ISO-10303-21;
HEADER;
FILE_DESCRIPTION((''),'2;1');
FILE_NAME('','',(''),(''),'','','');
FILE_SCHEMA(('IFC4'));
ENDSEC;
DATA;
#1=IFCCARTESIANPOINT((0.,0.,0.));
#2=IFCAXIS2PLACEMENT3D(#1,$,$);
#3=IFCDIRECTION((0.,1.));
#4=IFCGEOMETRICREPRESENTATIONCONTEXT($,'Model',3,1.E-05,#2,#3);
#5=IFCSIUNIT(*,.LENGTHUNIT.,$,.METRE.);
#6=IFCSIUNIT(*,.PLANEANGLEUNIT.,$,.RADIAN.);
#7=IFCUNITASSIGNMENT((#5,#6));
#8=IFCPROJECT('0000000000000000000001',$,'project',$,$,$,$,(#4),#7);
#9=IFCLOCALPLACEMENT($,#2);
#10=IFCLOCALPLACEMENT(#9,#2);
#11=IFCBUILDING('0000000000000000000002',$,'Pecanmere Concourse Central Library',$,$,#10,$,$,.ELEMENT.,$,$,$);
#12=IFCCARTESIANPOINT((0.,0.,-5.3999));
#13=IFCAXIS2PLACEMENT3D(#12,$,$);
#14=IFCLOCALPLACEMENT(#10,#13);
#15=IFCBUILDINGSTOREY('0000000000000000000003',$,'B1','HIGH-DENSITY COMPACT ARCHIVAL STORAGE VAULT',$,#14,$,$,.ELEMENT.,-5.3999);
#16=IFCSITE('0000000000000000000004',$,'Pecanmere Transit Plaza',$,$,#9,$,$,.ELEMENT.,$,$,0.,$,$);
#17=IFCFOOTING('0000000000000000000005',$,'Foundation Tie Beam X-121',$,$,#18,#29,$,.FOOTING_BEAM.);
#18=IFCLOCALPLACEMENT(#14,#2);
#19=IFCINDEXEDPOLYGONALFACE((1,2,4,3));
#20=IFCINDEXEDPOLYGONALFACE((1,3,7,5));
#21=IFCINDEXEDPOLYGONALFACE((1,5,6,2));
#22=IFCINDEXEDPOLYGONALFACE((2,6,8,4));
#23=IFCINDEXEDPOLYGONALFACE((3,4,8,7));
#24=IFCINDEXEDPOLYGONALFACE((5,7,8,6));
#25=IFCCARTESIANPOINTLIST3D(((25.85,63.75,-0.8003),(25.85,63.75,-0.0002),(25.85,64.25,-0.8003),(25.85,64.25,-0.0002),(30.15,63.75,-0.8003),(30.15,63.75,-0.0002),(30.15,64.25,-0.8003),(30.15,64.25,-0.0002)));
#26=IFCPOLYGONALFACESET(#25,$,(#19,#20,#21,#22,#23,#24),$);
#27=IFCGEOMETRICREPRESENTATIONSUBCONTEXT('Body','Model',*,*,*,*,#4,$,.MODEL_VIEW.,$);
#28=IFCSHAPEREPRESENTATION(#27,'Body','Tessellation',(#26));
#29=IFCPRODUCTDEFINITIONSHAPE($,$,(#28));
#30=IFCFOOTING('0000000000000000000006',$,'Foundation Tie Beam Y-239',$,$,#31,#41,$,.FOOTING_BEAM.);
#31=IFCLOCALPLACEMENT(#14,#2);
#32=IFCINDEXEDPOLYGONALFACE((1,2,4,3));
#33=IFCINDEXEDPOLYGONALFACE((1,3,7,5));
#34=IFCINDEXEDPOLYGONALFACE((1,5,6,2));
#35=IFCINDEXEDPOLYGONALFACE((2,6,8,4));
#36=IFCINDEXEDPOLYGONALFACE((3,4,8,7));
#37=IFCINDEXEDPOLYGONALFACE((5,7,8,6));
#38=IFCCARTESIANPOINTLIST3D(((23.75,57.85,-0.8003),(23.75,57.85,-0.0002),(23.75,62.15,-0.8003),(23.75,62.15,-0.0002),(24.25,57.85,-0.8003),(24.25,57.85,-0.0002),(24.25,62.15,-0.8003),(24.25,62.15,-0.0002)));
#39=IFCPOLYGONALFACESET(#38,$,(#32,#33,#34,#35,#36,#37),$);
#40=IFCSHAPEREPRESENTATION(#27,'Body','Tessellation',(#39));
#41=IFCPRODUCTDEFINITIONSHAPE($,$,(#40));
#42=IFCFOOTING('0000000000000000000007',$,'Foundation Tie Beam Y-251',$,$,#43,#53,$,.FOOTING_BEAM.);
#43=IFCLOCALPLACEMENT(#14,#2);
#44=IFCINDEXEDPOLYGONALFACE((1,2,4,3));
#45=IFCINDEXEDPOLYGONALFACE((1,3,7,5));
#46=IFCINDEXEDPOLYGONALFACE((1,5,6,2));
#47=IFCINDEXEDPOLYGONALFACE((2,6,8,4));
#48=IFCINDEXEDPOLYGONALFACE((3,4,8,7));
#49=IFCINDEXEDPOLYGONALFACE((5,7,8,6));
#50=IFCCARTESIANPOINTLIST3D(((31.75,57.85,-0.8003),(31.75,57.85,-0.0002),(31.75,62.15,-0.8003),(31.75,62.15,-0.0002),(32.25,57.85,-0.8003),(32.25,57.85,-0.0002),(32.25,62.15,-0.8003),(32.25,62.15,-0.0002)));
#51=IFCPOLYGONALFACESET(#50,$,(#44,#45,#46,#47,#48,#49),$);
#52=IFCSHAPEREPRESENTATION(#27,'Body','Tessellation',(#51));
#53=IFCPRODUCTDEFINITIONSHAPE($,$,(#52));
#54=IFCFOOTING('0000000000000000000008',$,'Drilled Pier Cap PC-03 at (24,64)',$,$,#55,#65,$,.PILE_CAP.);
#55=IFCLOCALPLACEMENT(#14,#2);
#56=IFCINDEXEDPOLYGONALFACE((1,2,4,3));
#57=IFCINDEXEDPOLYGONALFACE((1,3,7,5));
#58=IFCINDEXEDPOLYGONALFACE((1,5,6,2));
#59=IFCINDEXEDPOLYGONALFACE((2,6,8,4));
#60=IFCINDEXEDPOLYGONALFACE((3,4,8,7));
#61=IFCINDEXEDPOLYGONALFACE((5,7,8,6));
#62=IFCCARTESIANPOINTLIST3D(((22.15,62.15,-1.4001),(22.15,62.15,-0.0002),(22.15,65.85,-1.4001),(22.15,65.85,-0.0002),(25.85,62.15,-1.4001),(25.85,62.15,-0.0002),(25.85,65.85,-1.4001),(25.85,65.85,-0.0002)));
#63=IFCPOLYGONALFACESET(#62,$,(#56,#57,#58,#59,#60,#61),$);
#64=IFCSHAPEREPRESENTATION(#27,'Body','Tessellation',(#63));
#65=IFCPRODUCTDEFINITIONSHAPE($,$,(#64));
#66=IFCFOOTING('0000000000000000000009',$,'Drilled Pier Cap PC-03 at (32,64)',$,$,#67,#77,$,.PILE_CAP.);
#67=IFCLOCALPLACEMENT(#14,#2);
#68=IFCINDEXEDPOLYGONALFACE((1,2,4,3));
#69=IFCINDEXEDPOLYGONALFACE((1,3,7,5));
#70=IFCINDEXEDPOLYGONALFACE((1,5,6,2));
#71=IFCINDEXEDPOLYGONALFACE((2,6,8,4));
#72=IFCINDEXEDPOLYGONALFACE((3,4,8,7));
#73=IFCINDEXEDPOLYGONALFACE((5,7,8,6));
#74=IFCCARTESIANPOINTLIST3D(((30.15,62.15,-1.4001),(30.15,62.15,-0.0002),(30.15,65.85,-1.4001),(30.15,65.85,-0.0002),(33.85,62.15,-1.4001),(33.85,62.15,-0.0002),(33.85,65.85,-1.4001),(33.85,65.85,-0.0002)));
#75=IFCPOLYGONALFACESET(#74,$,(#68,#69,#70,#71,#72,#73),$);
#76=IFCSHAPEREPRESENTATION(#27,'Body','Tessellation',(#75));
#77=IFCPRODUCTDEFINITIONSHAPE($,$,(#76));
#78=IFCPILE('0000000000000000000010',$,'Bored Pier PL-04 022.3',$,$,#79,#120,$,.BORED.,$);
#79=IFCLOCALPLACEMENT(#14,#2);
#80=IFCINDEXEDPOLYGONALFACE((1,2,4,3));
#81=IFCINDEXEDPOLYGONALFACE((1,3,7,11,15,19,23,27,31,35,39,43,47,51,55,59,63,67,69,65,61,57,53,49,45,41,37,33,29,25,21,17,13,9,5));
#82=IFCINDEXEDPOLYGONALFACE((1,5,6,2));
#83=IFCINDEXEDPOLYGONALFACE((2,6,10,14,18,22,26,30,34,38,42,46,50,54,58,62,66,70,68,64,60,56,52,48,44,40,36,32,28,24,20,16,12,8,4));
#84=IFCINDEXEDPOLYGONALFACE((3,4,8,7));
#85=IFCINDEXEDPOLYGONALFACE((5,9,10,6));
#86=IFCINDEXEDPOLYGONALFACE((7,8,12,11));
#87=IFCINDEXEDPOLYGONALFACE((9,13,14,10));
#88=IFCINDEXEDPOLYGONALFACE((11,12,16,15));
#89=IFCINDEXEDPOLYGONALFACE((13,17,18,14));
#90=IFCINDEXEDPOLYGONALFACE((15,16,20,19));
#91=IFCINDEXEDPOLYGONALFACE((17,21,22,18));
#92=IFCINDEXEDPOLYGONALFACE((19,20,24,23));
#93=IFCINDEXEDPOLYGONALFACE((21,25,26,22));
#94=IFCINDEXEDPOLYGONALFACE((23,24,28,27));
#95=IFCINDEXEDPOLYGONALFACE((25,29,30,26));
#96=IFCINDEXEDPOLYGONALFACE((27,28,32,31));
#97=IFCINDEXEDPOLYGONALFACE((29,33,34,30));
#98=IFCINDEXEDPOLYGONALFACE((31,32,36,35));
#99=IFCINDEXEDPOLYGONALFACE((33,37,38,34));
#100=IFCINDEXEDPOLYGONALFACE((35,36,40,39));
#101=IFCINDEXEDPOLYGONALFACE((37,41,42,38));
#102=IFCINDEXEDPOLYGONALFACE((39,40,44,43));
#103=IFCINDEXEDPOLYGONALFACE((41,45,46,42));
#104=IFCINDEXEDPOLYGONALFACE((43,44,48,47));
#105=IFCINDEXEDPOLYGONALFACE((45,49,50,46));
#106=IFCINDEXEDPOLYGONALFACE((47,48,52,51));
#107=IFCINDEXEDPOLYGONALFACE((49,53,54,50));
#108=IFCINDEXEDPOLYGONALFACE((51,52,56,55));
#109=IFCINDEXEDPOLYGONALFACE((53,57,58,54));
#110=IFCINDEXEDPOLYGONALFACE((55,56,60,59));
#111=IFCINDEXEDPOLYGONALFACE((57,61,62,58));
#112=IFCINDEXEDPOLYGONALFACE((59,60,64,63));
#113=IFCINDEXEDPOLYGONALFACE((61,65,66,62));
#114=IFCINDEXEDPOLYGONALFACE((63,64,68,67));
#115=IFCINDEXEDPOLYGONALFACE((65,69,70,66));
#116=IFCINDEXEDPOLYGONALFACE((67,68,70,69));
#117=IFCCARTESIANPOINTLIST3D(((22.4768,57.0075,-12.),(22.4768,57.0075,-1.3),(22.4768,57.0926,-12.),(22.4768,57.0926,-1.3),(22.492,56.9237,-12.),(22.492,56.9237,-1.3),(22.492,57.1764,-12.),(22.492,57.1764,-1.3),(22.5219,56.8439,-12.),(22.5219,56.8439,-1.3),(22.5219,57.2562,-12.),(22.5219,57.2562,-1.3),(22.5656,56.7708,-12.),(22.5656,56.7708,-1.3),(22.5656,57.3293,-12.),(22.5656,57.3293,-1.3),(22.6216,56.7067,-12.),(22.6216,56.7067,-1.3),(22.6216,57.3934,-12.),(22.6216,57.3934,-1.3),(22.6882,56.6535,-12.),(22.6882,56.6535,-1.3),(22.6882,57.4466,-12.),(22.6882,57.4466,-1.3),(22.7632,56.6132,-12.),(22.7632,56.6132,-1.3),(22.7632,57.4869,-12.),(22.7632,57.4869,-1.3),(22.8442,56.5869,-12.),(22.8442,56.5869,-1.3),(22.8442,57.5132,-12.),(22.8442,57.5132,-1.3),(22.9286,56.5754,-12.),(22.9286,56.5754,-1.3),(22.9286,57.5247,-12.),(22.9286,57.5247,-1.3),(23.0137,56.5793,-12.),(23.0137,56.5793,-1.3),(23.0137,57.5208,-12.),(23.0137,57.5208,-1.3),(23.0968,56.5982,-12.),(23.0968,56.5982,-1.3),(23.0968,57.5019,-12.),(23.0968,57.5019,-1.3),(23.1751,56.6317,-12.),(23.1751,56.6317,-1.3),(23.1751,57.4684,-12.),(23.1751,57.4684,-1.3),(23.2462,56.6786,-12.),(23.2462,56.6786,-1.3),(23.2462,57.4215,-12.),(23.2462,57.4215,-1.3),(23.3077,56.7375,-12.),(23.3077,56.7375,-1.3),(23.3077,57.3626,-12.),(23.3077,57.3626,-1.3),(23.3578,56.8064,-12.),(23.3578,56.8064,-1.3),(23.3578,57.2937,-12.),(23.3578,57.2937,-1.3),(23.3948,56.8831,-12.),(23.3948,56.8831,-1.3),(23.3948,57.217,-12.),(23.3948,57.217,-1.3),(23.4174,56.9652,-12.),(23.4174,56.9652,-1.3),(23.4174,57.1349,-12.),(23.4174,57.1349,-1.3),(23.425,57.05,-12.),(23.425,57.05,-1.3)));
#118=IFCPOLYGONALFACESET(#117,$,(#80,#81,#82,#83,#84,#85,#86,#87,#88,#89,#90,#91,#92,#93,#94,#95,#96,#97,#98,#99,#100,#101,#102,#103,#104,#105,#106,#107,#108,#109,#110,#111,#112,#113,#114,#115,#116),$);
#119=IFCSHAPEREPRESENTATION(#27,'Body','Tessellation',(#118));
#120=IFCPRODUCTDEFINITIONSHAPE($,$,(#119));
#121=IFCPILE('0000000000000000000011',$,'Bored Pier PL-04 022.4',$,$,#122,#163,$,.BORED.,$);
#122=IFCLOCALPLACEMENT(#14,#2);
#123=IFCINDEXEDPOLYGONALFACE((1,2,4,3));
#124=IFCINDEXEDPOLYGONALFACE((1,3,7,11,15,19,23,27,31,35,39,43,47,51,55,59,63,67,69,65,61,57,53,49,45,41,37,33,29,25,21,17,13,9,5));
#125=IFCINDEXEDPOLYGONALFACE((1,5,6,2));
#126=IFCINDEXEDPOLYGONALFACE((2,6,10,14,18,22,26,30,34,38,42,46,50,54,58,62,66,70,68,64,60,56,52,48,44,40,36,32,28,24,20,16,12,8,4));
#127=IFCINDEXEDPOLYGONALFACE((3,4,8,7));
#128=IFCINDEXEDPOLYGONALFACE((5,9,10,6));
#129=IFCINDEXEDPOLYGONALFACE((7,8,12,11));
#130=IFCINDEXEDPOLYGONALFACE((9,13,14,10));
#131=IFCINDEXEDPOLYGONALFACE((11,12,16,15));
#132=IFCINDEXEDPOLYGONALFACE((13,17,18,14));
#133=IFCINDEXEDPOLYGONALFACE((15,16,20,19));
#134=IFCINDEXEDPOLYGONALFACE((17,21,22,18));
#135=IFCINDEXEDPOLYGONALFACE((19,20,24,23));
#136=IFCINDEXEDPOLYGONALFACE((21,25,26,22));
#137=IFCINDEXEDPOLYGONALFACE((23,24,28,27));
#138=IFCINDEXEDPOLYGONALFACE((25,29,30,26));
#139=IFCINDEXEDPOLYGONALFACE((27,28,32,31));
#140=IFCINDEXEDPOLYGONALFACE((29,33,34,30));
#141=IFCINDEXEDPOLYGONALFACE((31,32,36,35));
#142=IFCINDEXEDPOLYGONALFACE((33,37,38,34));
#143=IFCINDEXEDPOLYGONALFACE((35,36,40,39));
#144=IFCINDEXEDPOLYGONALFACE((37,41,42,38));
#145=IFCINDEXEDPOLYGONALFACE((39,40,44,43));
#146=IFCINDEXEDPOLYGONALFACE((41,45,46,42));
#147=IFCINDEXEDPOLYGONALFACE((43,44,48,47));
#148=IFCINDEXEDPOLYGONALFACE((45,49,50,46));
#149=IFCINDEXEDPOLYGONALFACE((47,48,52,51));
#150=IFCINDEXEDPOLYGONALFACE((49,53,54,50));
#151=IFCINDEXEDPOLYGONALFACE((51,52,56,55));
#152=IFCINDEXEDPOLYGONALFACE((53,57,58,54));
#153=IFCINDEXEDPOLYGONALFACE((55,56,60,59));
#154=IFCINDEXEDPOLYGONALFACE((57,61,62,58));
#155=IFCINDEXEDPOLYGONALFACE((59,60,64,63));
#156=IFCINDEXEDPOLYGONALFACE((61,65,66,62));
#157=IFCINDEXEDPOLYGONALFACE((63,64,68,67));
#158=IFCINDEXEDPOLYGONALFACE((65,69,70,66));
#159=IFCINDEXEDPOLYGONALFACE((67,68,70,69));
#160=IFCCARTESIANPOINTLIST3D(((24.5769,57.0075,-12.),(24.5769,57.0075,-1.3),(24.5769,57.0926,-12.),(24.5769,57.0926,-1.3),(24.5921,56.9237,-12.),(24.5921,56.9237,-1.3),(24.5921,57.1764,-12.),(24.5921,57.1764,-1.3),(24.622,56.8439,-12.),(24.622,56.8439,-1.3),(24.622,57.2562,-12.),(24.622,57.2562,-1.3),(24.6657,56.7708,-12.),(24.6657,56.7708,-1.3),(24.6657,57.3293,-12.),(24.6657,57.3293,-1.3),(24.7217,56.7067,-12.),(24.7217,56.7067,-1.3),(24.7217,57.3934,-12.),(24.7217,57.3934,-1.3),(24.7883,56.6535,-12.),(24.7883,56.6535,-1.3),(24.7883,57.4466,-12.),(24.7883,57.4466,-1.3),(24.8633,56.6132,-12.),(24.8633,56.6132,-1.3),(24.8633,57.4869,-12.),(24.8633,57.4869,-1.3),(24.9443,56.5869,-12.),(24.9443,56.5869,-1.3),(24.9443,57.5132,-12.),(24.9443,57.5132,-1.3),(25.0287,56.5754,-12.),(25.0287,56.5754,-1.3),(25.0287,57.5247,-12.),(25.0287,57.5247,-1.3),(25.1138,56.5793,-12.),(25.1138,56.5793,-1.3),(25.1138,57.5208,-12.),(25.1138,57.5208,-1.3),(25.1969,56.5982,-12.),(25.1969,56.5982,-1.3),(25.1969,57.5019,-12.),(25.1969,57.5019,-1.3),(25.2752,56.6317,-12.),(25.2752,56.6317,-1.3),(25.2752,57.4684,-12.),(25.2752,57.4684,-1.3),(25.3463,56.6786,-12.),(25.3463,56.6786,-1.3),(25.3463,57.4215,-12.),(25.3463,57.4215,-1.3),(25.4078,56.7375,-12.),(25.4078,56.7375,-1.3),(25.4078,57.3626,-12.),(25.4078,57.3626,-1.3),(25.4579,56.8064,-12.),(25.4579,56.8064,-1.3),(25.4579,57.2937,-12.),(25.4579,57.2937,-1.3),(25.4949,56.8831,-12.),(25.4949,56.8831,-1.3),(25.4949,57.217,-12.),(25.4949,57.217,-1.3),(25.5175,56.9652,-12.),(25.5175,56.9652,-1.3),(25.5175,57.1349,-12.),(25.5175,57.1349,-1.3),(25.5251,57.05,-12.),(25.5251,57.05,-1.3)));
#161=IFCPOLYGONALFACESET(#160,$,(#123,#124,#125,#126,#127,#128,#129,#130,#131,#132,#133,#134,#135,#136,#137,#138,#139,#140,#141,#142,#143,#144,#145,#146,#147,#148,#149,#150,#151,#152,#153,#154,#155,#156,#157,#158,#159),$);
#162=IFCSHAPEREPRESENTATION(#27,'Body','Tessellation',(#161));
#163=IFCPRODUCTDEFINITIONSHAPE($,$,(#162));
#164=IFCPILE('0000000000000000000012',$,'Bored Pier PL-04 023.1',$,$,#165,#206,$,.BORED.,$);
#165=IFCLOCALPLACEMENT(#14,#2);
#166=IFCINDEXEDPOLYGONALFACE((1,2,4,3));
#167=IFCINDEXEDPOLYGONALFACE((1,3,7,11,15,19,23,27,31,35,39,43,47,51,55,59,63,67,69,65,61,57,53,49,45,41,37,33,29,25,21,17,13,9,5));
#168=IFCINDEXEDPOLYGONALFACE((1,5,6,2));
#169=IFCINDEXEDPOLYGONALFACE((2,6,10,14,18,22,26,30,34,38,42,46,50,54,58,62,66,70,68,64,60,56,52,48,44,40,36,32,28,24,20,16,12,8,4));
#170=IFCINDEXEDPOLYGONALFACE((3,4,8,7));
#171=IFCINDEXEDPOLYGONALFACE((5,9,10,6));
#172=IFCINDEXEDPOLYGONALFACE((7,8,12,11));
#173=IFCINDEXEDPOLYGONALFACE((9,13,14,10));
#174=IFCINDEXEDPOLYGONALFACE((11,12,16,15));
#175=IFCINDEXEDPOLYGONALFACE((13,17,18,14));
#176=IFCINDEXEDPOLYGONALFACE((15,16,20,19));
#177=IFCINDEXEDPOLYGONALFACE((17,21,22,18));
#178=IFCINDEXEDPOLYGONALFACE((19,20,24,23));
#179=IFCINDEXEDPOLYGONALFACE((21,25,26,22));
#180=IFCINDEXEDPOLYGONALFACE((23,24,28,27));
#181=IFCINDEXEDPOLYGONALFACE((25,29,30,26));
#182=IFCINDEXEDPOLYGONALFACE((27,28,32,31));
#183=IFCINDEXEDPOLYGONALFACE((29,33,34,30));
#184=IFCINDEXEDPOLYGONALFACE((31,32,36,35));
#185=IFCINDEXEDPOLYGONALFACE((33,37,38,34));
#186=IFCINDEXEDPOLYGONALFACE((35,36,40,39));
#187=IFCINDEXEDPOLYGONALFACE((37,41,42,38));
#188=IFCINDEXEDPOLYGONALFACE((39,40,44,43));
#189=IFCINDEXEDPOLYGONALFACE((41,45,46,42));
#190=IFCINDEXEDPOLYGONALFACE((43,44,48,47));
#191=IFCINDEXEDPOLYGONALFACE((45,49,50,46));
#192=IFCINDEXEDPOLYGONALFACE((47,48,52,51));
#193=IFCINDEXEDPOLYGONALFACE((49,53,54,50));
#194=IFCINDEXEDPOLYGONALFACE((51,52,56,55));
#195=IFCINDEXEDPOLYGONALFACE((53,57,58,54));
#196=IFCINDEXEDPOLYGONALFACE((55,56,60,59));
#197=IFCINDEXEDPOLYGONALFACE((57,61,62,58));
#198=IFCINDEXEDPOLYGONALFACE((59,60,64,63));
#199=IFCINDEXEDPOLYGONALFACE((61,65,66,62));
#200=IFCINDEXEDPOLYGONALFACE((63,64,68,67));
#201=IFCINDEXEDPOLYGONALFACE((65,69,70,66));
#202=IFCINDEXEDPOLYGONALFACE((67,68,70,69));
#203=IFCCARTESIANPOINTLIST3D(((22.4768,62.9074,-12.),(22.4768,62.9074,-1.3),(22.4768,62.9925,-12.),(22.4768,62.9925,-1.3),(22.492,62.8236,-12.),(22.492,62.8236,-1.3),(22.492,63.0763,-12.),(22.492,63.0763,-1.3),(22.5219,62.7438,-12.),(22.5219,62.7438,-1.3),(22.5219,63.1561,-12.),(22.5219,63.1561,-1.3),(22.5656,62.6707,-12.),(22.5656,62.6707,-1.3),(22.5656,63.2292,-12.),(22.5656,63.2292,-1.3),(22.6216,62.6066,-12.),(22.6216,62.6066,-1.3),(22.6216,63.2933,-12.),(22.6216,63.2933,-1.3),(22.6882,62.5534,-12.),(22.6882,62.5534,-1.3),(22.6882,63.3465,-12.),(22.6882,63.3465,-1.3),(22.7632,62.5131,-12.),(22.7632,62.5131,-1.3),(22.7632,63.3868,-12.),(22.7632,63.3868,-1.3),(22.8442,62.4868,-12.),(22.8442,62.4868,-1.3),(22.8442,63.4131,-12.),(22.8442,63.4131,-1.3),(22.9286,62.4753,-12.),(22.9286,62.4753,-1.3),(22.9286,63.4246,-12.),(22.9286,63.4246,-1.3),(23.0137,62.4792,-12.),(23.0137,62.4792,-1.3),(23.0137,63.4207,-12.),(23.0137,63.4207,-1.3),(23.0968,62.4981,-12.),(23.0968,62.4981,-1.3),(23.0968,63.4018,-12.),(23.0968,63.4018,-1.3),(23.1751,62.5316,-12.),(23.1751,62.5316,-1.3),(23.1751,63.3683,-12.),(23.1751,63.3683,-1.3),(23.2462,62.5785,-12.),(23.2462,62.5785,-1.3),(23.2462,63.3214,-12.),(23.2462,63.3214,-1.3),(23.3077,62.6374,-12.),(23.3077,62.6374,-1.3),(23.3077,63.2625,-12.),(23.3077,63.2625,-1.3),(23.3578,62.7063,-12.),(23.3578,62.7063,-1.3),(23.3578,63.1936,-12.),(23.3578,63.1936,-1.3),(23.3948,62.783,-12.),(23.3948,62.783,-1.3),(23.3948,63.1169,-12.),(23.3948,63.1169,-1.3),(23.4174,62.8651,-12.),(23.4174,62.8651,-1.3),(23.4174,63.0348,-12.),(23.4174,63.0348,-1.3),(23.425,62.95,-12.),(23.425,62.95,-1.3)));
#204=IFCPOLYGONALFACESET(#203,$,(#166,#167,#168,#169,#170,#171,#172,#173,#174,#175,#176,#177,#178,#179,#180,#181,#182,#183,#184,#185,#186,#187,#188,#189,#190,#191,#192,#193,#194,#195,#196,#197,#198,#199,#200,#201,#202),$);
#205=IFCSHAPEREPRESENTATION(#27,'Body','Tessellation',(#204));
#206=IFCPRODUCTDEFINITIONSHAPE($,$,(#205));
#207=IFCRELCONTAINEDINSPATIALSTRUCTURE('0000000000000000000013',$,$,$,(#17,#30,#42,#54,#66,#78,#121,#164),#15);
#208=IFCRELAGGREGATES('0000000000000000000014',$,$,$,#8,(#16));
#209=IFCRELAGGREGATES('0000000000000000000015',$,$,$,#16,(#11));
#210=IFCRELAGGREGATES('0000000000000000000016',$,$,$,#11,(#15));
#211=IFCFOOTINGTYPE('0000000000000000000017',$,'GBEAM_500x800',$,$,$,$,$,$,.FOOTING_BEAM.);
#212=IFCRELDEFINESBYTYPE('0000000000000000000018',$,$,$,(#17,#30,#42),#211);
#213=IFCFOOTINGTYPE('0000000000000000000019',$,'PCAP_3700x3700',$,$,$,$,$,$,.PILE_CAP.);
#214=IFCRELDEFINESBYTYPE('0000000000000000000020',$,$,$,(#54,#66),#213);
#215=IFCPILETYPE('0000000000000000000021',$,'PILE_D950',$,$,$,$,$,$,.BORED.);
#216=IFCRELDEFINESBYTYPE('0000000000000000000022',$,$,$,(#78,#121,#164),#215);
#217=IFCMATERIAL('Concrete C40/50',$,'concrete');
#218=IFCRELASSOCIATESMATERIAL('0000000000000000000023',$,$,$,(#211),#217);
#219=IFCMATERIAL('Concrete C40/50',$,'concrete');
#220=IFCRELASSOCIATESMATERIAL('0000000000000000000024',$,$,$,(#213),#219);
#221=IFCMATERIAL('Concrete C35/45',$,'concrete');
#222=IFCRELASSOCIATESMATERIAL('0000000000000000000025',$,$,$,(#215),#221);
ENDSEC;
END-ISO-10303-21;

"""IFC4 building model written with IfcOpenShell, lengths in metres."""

from ifc_helpers import new_model, si_unit, direction, frame, origin, origin_2d, place, context, subcontext, project, spatial, rectangle, circle, extrude, material, material_profile, profile_set, type_object, element, save


model = new_model("IFC4")

# Units and contexts
model_context = context("Model", 3, precision=1e-05, world=origin(), true_north=direction((0.0, 1.0)))
body_context = subcontext(model_context, "Body", "Model", "MODEL_VIEW")
ifc_project = project(units=[si_unit("LENGTHUNIT", "METRE"), si_unit("PLANEANGLEUNIT", "RADIAN")], contexts=[model_context])

# Site, building, storey
site_placement = place(None, origin())
site = spatial("IfcSite", under=ifc_project, at=site_placement, Name="Pecanmere Transit Plaza", CompositionType="ELEMENT", RefElevation=0.0)
building_placement = place(site_placement, origin())
building = spatial("IfcBuilding", under=site, at=building_placement, Name="Pecanmere Concourse Central Library", CompositionType="ELEMENT")
storey_placement = place(building_placement, frame((0.0, 0.0, -5.3999)))
storey = spatial("IfcBuildingStorey", under=building, at=storey_placement, Name="B1", Description="HIGH-DENSITY COMPACT ARCHIVAL STORAGE VAULT", CompositionType="ELEMENT", Elevation=-5.3999)

# Footings
ifc_material_1 = material(Name="Concrete C40/50", Category="concrete")
ifc_material_profile_1 = material_profile(ifc_material_1, rectangle(XDim=0.5, YDim=0.8, at=origin_2d()), Name="RC 500x800")
ifc_profile_set_1 = profile_set([ifc_material_profile_1], Name="Concrete C40/50")
footing_type_1 = type_object("IfcFootingType", Name="GBEAM_500x800", PredefinedType="FOOTING_BEAM", material=ifc_profile_set_1)
for number, where, z_axis, x_axis, name in (
    (1, (28.0, 64.0, -0.8003), (0.0, 0.0, 1.0), (1.0, 0.0, 0.0), "Foundation Tie Beam X-121"),
    (2, (24.0, 60.0, -0.8003), (0.0, 0.0, 1.0), (0.0, 1.0, 0.0), "Foundation Tie Beam Y-239"),
    (3, (32.0, 60.0, -0.8003), (0.0, 0.0, 1.0), (0.0, 1.0, 0.0), "Foundation Tie Beam Y-251"),
):
    element("IfcFooting", number, at=place(storey_placement, frame(where, z_axis=z_axis, x_axis=x_axis)), inside=storey, type_object=footing_type_1, Name=name, PredefinedType="FOOTING_BEAM", context=body_context, shape_type="SweptSolid", body=[
        extrude(rectangle(XDim=4.3, YDim=0.5, at=origin_2d()), origin(), (0.0, 0.0, 1.0), 0.8),
    ])
ifc_material_2 = material(Name="Concrete C40/50", Category="concrete")
footing_type_2 = type_object("IfcFootingType", Name="PCAP_3700x3700", PredefinedType="PILE_CAP", material=ifc_material_2)
for number, where, z_axis, x_axis, name in (
    (4, (24.0, 64.0, -1.4001), (0.0, 0.0, 1.0), (1.0, 0.0, 0.0), "Drilled Pier Cap PC-03 at (24,64)"),
    (5, (32.0, 64.0, -1.4001), (0.0, 0.0, 1.0), (1.0, 0.0, 0.0), "Drilled Pier Cap PC-03 at (32,64)"),
):
    element("IfcFooting", number, at=place(storey_placement, frame(where, z_axis=z_axis, x_axis=x_axis)), inside=storey, type_object=footing_type_2, Name=name, PredefinedType="PILE_CAP", context=body_context, shape_type="SweptSolid", body=[
        extrude(rectangle(XDim=3.7, YDim=3.7, at=origin_2d()), origin(), (0.0, 0.0, 1.0), 1.3999),
    ])

# Piles
ifc_material_3 = material(Name="Concrete C35/45", Category="concrete")
ifc_material_profile_2 = material_profile(ifc_material_3, circle(Radius=0.4751, at=origin_2d()), Name="PIER D950")
ifc_profile_set_2 = profile_set([ifc_material_profile_2], Name="Concrete C35/45")
pile_type = type_object("IfcPileType", Name="PILE_D950", PredefinedType="BORED", material=ifc_profile_set_2)
for number, where, z_axis, x_axis, name in (
    (6, (22.95, 57.05, -1.3), (0.0, 0.0, -1.0), (1.0, 0.0, 0.0), "Bored Pier PL-04 022.3"),
    (7, (25.05, 57.05, -1.3), (0.0, 0.0, -1.0), (1.0, 0.0, 0.0), "Bored Pier PL-04 022.4"),
    (8, (22.95, 62.95, -1.3), (0.0, 0.0, -1.0), (1.0, 0.0, 0.0), "Bored Pier PL-04 023.1"),
):
    element("IfcPile", number, at=place(storey_placement, frame(where, z_axis=z_axis, x_axis=x_axis)), inside=storey, type_object=pile_type, Name=name, PredefinedType="BORED", context=body_context, shape_type="SweptSolid", body=[
        extrude(circle(Radius=0.4751, at=origin_2d()), origin(), (0.0, 0.0, 1.0), 10.7),
    ])

save(model, "model.ifc")
